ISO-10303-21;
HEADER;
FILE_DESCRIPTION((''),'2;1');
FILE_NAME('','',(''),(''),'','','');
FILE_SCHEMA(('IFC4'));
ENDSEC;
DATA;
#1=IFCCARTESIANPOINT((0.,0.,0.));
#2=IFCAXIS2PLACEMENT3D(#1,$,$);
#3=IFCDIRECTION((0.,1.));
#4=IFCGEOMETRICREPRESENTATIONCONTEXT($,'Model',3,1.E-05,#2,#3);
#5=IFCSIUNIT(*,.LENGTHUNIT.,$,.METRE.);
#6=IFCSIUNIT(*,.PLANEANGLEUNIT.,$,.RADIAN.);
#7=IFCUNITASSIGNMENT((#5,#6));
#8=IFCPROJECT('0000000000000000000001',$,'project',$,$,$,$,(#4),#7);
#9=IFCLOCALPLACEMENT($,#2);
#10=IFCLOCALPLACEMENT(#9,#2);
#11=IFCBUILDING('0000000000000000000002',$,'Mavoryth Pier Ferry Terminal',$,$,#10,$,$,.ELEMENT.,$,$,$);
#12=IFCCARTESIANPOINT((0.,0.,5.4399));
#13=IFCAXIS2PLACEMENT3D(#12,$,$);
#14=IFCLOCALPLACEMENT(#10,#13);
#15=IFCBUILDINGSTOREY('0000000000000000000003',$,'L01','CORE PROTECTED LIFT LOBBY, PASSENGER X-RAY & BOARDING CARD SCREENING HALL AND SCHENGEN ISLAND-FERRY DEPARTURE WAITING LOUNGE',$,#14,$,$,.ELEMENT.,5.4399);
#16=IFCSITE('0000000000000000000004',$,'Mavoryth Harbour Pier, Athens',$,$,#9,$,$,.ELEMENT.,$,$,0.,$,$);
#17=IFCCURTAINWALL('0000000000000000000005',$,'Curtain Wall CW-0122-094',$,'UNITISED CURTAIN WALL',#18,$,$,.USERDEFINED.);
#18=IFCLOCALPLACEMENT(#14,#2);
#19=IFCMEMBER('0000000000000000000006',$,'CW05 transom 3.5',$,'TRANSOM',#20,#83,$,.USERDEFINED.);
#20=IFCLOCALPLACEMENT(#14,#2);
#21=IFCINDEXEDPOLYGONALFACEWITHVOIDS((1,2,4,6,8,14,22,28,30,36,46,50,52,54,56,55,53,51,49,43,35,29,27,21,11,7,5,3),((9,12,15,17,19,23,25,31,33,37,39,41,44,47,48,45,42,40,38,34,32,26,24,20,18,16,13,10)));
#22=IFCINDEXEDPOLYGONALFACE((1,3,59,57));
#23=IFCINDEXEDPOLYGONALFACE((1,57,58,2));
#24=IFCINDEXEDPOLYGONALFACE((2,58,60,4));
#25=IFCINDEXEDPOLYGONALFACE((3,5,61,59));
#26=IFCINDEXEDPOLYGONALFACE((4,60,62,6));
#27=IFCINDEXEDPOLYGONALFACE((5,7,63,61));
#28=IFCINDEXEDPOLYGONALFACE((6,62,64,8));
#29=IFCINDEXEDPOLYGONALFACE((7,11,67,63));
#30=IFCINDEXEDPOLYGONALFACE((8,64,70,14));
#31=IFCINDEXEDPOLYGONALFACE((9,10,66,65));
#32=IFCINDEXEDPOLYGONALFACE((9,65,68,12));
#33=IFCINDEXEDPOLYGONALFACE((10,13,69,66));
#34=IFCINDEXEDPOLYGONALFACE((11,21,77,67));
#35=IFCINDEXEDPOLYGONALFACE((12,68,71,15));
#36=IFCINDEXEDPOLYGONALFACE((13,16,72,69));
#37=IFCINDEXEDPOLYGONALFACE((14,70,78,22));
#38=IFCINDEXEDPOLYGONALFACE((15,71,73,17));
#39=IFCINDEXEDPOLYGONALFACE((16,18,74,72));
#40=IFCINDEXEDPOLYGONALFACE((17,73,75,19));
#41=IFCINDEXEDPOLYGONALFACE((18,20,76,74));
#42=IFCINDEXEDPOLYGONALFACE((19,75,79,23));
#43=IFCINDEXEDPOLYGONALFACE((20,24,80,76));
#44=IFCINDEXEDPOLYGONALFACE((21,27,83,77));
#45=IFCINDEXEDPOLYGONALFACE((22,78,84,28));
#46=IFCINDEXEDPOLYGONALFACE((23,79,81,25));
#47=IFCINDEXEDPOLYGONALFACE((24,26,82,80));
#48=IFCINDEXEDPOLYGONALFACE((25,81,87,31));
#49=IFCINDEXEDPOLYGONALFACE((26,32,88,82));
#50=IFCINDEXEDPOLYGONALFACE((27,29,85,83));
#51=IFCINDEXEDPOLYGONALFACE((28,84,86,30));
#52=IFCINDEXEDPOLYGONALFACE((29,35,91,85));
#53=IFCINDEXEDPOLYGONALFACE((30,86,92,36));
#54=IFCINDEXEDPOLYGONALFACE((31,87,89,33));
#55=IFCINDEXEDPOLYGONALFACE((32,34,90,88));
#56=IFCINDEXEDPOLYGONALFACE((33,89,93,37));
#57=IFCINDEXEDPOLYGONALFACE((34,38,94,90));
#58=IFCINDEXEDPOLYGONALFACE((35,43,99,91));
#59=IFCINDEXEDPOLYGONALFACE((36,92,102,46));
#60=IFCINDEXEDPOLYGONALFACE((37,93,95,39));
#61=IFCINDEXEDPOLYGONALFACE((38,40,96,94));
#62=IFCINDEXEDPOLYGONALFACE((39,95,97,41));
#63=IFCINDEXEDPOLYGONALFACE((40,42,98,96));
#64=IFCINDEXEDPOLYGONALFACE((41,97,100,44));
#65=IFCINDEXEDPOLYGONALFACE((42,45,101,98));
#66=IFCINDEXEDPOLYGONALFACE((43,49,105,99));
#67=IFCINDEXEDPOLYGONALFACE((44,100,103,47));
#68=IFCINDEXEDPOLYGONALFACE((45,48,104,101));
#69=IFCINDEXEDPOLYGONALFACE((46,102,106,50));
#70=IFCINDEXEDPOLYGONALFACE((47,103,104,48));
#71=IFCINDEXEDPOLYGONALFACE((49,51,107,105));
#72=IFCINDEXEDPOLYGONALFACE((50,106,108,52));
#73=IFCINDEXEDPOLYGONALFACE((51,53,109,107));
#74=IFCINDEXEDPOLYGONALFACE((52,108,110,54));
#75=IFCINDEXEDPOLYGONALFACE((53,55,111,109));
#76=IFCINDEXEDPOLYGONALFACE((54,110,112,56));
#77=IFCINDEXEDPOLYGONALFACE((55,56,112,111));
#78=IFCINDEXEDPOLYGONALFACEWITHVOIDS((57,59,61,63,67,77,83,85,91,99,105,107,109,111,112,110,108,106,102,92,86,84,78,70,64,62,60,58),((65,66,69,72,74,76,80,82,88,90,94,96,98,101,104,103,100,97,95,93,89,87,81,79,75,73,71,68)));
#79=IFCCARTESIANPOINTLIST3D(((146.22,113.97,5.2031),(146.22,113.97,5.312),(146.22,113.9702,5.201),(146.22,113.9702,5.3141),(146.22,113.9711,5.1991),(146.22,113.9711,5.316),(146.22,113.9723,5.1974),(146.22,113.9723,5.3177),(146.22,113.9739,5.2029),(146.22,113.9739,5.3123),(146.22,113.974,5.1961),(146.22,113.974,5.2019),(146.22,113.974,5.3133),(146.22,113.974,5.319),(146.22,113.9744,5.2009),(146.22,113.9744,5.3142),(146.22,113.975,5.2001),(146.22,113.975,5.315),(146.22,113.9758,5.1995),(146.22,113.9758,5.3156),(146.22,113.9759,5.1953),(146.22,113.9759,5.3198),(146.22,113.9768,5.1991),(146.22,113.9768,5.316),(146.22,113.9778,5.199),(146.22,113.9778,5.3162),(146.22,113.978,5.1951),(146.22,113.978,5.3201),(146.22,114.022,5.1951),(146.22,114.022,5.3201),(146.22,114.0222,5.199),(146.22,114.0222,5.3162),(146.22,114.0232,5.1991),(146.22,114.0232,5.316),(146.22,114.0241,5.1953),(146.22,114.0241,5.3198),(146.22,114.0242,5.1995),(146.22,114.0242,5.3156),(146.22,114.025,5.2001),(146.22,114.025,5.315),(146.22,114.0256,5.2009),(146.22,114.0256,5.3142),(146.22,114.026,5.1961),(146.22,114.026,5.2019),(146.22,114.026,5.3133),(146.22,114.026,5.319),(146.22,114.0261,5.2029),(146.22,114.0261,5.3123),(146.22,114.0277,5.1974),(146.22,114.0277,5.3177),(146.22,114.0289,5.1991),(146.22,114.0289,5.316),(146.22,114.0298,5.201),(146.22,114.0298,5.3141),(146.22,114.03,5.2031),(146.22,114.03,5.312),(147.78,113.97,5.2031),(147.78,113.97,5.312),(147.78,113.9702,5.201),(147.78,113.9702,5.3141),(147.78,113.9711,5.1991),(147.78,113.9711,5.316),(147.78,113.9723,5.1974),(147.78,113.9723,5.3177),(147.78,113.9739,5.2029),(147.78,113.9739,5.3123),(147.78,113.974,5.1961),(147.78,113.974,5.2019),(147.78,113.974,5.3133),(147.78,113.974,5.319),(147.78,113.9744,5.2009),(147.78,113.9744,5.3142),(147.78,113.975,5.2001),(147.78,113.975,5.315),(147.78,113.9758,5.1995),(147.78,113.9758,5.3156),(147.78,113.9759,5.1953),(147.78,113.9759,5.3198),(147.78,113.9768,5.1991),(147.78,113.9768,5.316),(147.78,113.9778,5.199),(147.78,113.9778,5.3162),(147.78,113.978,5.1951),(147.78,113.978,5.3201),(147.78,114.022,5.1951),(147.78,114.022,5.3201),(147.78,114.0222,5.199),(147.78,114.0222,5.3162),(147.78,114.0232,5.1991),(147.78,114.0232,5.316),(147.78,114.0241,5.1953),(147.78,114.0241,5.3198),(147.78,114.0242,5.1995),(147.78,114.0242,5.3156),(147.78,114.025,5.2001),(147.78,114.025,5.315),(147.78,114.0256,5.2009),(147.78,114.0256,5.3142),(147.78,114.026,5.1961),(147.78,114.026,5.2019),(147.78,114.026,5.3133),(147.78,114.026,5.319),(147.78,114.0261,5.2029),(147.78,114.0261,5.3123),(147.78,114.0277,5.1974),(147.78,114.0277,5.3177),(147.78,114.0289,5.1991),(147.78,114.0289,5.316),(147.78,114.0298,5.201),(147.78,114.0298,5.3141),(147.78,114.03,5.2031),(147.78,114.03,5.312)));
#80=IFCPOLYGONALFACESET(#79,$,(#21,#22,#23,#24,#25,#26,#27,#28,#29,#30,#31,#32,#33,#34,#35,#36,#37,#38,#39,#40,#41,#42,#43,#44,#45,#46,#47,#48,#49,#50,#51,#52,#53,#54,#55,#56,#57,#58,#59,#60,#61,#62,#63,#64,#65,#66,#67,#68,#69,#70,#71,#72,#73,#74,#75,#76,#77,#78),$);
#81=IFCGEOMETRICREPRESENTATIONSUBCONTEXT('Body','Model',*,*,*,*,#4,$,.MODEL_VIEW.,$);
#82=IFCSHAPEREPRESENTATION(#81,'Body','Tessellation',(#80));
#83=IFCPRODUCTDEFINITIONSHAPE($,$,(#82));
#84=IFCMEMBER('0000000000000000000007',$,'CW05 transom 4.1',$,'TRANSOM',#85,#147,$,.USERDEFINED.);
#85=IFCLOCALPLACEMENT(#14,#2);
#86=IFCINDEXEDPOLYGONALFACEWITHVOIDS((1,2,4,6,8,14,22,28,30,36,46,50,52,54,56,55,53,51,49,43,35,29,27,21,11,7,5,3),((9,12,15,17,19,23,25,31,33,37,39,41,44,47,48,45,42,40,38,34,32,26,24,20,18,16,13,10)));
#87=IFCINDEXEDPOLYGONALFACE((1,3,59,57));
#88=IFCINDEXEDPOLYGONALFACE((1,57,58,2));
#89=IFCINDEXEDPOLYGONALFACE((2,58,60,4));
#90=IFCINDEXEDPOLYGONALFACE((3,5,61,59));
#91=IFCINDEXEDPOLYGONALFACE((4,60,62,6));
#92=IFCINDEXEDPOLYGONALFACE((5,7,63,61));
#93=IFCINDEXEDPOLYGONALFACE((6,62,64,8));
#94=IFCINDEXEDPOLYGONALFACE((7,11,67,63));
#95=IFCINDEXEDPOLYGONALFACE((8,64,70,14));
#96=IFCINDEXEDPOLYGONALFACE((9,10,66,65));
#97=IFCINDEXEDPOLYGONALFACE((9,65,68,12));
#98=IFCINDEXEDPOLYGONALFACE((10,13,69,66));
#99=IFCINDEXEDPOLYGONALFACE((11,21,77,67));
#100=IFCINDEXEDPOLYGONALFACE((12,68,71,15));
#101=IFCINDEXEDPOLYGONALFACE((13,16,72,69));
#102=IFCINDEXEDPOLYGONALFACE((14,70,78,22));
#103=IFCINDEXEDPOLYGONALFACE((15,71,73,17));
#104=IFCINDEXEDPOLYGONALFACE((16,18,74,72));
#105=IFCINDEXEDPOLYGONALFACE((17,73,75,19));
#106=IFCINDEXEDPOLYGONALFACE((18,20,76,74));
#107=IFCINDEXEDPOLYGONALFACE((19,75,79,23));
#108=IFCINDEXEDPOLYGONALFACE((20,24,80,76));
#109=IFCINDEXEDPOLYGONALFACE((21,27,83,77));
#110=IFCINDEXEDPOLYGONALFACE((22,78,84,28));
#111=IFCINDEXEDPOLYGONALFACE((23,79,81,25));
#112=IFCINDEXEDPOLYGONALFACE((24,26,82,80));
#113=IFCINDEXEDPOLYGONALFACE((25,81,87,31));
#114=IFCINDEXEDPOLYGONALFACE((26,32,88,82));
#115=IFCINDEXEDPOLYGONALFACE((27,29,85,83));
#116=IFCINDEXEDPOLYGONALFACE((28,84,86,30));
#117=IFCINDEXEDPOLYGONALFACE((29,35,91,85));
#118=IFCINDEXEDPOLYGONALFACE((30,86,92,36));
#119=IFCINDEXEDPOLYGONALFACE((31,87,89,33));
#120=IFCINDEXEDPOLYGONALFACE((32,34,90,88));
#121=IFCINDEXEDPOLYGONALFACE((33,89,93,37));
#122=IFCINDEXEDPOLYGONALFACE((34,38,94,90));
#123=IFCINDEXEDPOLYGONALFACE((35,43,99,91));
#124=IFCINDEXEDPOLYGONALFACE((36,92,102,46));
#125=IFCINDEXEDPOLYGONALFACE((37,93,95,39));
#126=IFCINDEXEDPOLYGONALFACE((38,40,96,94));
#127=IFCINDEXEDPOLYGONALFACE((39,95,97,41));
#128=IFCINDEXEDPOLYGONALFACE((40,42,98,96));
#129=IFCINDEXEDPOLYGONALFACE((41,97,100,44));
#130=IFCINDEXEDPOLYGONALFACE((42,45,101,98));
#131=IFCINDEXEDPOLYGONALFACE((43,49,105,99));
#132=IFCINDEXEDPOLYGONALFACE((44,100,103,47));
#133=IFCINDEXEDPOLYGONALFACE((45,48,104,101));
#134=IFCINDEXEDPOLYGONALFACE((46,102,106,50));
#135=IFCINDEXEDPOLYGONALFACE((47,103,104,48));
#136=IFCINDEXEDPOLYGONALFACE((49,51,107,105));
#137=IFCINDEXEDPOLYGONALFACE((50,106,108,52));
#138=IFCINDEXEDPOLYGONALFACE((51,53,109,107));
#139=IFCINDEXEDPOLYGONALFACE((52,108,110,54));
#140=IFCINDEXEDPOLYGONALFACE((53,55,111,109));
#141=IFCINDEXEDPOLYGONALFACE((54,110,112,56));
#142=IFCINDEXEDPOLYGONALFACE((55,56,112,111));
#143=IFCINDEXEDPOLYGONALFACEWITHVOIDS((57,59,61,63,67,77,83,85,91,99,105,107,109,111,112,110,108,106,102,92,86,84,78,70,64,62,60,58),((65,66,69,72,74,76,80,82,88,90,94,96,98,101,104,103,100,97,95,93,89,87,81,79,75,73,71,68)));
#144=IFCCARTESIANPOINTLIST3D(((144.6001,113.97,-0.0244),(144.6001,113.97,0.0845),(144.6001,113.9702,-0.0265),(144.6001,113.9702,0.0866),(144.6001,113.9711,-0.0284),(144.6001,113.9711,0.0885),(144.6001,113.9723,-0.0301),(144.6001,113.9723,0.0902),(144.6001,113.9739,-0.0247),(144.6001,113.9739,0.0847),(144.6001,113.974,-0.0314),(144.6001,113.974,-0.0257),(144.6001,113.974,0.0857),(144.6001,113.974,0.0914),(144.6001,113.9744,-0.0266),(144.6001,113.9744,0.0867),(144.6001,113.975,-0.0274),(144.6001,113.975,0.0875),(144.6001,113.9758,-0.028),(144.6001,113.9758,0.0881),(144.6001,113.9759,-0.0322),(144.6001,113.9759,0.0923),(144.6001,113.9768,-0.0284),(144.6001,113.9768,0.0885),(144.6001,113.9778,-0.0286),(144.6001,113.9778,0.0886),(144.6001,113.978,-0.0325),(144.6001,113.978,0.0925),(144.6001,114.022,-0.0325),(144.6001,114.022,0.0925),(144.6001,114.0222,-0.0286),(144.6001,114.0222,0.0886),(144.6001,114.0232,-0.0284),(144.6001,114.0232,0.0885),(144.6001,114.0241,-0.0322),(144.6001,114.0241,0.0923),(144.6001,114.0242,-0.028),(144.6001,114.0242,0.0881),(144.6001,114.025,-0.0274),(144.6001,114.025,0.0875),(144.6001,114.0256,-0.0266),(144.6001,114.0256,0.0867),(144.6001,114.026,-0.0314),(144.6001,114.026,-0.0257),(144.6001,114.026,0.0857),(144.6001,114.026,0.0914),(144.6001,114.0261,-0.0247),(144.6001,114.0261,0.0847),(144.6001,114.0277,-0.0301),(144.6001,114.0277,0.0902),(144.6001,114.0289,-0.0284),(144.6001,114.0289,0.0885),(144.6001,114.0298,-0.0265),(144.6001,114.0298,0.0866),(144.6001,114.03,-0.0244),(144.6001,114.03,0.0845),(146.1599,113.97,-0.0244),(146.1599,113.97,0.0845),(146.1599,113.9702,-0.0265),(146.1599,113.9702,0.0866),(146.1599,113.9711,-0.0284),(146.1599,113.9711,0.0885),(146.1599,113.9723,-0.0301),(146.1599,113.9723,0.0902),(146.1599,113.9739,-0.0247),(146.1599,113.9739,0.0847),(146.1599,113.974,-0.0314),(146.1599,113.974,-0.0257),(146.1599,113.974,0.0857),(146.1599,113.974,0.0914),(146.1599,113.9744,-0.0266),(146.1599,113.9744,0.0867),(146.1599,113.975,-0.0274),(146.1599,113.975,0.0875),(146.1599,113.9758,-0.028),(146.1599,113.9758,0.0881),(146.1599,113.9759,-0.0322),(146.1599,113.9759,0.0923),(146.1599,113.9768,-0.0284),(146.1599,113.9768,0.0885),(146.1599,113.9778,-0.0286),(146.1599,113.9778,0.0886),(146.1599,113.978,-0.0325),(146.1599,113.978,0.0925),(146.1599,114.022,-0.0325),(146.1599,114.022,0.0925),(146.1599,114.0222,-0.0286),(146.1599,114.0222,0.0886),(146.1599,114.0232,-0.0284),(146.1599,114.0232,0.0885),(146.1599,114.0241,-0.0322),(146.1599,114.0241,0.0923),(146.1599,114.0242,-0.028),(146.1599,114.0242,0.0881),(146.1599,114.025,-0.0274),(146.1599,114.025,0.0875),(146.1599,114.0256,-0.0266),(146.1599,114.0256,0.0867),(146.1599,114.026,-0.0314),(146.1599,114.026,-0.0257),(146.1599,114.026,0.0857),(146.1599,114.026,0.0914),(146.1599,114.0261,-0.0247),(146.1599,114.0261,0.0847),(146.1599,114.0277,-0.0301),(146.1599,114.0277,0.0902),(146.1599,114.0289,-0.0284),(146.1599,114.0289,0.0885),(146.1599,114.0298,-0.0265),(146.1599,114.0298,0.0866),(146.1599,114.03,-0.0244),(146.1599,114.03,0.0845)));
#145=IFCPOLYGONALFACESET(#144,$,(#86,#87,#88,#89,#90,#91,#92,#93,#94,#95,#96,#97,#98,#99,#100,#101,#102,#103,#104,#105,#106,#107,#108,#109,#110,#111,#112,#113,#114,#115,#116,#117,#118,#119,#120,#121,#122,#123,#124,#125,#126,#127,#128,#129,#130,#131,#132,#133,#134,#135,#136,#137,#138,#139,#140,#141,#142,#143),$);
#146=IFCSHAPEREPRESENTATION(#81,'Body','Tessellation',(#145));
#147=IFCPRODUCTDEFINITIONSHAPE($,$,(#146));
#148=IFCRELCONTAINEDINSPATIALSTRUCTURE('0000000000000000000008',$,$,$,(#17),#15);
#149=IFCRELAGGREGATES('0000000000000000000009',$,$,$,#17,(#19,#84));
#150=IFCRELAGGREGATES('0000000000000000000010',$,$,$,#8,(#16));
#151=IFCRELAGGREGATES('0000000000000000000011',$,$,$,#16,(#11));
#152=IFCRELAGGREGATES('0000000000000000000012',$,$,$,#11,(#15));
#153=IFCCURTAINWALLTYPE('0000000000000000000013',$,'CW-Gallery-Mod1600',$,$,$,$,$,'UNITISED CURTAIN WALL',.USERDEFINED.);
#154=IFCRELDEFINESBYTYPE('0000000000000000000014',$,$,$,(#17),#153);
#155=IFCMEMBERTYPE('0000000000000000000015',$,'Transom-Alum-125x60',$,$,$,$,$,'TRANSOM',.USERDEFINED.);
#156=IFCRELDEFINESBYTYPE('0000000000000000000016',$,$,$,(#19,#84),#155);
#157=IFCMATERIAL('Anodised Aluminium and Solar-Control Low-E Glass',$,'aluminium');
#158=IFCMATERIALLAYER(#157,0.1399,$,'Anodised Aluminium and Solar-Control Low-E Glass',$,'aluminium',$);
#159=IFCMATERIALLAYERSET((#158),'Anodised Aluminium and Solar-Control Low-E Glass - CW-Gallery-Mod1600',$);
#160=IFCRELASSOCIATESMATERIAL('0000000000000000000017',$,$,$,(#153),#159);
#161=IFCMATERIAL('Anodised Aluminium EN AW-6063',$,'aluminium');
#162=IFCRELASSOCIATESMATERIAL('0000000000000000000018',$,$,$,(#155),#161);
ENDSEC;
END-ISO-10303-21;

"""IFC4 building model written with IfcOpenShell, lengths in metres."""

from ifc_helpers import new_model, si_unit, direction, frame, origin, origin_2d, place, context, subcontext, project, spatial, hollow_rectangle, extrude, material, layer, layer_set, material_profile, profile_set, type_object, element, aggregate, save


model = new_model("IFC4")

# Units and contexts
model_context = context("Model", 3, precision=1e-05, world=origin(), true_north=direction((0.0, 1.0)))
body_context = subcontext(model_context, "Body", "Model", "MODEL_VIEW")
ifc_project = project(units=[si_unit("LENGTHUNIT", "METRE"), si_unit("PLANEANGLEUNIT", "RADIAN")], contexts=[model_context])

# Site, building, storey
site_placement = place(None, origin())
site = spatial("IfcSite", under=ifc_project, at=site_placement, Name="Mavoryth Harbour Pier, Athens", CompositionType="ELEMENT", RefElevation=0.0)
building_placement = place(site_placement, origin())
building = spatial("IfcBuilding", under=site, at=building_placement, Name="Mavoryth Pier Ferry Terminal", CompositionType="ELEMENT")
storey_placement = place(building_placement, frame((0.0, 0.0, 5.4399)))
storey = spatial("IfcBuildingStorey", under=building, at=storey_placement, Name="L01", Description="CORE PROTECTED LIFT LOBBY, PASSENGER X-RAY & BOARDING CARD SCREENING HALL AND SCHENGEN ISLAND-FERRY DEPARTURE WAITING LOUNGE", CompositionType="ELEMENT", Elevation=5.4399)

# Curtain wall, members
ifc_material_1 = material(Name="Anodised Aluminium and Solar-Control Low-E Glass", Category="aluminium")
ifc_layer_1 = layer(ifc_material_1, 0.1399, Name="Anodised Aluminium and Solar-Control Low-E Glass", Category="aluminium")
ifc_layer_set_1 = layer_set([ifc_layer_1], Name="Anodised Aluminium and Solar-Control Low-E Glass - CW-Gallery-Mod1600")
curtain_wall_type = type_object("IfcCurtainWallType", Name="CW-Gallery-Mod1600", ElementType="UNITISED CURTAIN WALL", PredefinedType="USERDEFINED", material=ifc_layer_set_1)
curtain_wall_placement = place(storey_placement, origin())
curtain_wall = element("IfcCurtainWall", 1, at=curtain_wall_placement, inside=storey, type_object=curtain_wall_type, Name="Curtain Wall CW-0122-094", ObjectType="UNITISED CURTAIN WALL", PredefinedType="USERDEFINED")
ifc_material_2 = material(Name="Anodised Aluminium EN AW-6063", Category="aluminium")
ifc_material_profile_1 = material_profile(ifc_material_2, hollow_rectangle(XDim=0.0601, YDim=0.125, WallThickness=0.0039, InnerFilletRadius=0.0039, OuterFilletRadius=0.0081, at=origin_2d()), Name="AL-TRAN 125x60x4", Category="aluminium")
ifc_profile_set_1 = profile_set([ifc_material_profile_1], Name="Anodised Aluminium EN AW-6063 - AL-TRAN 125x60x4")
member_type_1 = type_object("IfcMemberType", Name="Transom-Alum-125x60", ElementType="TRANSOM", PredefinedType="USERDEFINED", material=ifc_profile_set_1)
member_1_placement = place(storey_placement, frame((147.78, 114.0, 5.2576), z_axis=(-1.0, 0.0, 0.0), x_axis=(0.0, -1.0, 0.0)))
member_1 = element("IfcMember", 2, at=member_1_placement, type_object=member_type_1, Name="CW05 transom 3.5", ObjectType="TRANSOM", PredefinedType="USERDEFINED", context=body_context, shape_type="SweptSolid", body=[
    extrude(hollow_rectangle(XDim=0.0601, YDim=0.125, WallThickness=0.0039, InnerFilletRadius=0.0039, OuterFilletRadius=0.0081, at=origin_2d()), origin(), (0.0, 0.0, 1.0), 1.5601),
])
member_2_placement = place(storey_placement, frame((146.1599, 114.0, 0.03), z_axis=(-1.0, 0.0, 0.0), x_axis=(0.0, -1.0, 0.0)))
member_2 = element("IfcMember", 3, at=member_2_placement, type_object=member_type_1, Name="CW05 transom 4.1", ObjectType="TRANSOM", PredefinedType="USERDEFINED", context=body_context, shape_type="SweptSolid", body=[
    extrude(hollow_rectangle(XDim=0.0601, YDim=0.125, WallThickness=0.0039, InnerFilletRadius=0.0039, OuterFilletRadius=0.0081, at=origin_2d()), origin(), (0.0, 0.0, 1.0), 1.5598),
])
aggregate(curtain_wall, [member_1, member_2])

save(model, "model.ifc")
